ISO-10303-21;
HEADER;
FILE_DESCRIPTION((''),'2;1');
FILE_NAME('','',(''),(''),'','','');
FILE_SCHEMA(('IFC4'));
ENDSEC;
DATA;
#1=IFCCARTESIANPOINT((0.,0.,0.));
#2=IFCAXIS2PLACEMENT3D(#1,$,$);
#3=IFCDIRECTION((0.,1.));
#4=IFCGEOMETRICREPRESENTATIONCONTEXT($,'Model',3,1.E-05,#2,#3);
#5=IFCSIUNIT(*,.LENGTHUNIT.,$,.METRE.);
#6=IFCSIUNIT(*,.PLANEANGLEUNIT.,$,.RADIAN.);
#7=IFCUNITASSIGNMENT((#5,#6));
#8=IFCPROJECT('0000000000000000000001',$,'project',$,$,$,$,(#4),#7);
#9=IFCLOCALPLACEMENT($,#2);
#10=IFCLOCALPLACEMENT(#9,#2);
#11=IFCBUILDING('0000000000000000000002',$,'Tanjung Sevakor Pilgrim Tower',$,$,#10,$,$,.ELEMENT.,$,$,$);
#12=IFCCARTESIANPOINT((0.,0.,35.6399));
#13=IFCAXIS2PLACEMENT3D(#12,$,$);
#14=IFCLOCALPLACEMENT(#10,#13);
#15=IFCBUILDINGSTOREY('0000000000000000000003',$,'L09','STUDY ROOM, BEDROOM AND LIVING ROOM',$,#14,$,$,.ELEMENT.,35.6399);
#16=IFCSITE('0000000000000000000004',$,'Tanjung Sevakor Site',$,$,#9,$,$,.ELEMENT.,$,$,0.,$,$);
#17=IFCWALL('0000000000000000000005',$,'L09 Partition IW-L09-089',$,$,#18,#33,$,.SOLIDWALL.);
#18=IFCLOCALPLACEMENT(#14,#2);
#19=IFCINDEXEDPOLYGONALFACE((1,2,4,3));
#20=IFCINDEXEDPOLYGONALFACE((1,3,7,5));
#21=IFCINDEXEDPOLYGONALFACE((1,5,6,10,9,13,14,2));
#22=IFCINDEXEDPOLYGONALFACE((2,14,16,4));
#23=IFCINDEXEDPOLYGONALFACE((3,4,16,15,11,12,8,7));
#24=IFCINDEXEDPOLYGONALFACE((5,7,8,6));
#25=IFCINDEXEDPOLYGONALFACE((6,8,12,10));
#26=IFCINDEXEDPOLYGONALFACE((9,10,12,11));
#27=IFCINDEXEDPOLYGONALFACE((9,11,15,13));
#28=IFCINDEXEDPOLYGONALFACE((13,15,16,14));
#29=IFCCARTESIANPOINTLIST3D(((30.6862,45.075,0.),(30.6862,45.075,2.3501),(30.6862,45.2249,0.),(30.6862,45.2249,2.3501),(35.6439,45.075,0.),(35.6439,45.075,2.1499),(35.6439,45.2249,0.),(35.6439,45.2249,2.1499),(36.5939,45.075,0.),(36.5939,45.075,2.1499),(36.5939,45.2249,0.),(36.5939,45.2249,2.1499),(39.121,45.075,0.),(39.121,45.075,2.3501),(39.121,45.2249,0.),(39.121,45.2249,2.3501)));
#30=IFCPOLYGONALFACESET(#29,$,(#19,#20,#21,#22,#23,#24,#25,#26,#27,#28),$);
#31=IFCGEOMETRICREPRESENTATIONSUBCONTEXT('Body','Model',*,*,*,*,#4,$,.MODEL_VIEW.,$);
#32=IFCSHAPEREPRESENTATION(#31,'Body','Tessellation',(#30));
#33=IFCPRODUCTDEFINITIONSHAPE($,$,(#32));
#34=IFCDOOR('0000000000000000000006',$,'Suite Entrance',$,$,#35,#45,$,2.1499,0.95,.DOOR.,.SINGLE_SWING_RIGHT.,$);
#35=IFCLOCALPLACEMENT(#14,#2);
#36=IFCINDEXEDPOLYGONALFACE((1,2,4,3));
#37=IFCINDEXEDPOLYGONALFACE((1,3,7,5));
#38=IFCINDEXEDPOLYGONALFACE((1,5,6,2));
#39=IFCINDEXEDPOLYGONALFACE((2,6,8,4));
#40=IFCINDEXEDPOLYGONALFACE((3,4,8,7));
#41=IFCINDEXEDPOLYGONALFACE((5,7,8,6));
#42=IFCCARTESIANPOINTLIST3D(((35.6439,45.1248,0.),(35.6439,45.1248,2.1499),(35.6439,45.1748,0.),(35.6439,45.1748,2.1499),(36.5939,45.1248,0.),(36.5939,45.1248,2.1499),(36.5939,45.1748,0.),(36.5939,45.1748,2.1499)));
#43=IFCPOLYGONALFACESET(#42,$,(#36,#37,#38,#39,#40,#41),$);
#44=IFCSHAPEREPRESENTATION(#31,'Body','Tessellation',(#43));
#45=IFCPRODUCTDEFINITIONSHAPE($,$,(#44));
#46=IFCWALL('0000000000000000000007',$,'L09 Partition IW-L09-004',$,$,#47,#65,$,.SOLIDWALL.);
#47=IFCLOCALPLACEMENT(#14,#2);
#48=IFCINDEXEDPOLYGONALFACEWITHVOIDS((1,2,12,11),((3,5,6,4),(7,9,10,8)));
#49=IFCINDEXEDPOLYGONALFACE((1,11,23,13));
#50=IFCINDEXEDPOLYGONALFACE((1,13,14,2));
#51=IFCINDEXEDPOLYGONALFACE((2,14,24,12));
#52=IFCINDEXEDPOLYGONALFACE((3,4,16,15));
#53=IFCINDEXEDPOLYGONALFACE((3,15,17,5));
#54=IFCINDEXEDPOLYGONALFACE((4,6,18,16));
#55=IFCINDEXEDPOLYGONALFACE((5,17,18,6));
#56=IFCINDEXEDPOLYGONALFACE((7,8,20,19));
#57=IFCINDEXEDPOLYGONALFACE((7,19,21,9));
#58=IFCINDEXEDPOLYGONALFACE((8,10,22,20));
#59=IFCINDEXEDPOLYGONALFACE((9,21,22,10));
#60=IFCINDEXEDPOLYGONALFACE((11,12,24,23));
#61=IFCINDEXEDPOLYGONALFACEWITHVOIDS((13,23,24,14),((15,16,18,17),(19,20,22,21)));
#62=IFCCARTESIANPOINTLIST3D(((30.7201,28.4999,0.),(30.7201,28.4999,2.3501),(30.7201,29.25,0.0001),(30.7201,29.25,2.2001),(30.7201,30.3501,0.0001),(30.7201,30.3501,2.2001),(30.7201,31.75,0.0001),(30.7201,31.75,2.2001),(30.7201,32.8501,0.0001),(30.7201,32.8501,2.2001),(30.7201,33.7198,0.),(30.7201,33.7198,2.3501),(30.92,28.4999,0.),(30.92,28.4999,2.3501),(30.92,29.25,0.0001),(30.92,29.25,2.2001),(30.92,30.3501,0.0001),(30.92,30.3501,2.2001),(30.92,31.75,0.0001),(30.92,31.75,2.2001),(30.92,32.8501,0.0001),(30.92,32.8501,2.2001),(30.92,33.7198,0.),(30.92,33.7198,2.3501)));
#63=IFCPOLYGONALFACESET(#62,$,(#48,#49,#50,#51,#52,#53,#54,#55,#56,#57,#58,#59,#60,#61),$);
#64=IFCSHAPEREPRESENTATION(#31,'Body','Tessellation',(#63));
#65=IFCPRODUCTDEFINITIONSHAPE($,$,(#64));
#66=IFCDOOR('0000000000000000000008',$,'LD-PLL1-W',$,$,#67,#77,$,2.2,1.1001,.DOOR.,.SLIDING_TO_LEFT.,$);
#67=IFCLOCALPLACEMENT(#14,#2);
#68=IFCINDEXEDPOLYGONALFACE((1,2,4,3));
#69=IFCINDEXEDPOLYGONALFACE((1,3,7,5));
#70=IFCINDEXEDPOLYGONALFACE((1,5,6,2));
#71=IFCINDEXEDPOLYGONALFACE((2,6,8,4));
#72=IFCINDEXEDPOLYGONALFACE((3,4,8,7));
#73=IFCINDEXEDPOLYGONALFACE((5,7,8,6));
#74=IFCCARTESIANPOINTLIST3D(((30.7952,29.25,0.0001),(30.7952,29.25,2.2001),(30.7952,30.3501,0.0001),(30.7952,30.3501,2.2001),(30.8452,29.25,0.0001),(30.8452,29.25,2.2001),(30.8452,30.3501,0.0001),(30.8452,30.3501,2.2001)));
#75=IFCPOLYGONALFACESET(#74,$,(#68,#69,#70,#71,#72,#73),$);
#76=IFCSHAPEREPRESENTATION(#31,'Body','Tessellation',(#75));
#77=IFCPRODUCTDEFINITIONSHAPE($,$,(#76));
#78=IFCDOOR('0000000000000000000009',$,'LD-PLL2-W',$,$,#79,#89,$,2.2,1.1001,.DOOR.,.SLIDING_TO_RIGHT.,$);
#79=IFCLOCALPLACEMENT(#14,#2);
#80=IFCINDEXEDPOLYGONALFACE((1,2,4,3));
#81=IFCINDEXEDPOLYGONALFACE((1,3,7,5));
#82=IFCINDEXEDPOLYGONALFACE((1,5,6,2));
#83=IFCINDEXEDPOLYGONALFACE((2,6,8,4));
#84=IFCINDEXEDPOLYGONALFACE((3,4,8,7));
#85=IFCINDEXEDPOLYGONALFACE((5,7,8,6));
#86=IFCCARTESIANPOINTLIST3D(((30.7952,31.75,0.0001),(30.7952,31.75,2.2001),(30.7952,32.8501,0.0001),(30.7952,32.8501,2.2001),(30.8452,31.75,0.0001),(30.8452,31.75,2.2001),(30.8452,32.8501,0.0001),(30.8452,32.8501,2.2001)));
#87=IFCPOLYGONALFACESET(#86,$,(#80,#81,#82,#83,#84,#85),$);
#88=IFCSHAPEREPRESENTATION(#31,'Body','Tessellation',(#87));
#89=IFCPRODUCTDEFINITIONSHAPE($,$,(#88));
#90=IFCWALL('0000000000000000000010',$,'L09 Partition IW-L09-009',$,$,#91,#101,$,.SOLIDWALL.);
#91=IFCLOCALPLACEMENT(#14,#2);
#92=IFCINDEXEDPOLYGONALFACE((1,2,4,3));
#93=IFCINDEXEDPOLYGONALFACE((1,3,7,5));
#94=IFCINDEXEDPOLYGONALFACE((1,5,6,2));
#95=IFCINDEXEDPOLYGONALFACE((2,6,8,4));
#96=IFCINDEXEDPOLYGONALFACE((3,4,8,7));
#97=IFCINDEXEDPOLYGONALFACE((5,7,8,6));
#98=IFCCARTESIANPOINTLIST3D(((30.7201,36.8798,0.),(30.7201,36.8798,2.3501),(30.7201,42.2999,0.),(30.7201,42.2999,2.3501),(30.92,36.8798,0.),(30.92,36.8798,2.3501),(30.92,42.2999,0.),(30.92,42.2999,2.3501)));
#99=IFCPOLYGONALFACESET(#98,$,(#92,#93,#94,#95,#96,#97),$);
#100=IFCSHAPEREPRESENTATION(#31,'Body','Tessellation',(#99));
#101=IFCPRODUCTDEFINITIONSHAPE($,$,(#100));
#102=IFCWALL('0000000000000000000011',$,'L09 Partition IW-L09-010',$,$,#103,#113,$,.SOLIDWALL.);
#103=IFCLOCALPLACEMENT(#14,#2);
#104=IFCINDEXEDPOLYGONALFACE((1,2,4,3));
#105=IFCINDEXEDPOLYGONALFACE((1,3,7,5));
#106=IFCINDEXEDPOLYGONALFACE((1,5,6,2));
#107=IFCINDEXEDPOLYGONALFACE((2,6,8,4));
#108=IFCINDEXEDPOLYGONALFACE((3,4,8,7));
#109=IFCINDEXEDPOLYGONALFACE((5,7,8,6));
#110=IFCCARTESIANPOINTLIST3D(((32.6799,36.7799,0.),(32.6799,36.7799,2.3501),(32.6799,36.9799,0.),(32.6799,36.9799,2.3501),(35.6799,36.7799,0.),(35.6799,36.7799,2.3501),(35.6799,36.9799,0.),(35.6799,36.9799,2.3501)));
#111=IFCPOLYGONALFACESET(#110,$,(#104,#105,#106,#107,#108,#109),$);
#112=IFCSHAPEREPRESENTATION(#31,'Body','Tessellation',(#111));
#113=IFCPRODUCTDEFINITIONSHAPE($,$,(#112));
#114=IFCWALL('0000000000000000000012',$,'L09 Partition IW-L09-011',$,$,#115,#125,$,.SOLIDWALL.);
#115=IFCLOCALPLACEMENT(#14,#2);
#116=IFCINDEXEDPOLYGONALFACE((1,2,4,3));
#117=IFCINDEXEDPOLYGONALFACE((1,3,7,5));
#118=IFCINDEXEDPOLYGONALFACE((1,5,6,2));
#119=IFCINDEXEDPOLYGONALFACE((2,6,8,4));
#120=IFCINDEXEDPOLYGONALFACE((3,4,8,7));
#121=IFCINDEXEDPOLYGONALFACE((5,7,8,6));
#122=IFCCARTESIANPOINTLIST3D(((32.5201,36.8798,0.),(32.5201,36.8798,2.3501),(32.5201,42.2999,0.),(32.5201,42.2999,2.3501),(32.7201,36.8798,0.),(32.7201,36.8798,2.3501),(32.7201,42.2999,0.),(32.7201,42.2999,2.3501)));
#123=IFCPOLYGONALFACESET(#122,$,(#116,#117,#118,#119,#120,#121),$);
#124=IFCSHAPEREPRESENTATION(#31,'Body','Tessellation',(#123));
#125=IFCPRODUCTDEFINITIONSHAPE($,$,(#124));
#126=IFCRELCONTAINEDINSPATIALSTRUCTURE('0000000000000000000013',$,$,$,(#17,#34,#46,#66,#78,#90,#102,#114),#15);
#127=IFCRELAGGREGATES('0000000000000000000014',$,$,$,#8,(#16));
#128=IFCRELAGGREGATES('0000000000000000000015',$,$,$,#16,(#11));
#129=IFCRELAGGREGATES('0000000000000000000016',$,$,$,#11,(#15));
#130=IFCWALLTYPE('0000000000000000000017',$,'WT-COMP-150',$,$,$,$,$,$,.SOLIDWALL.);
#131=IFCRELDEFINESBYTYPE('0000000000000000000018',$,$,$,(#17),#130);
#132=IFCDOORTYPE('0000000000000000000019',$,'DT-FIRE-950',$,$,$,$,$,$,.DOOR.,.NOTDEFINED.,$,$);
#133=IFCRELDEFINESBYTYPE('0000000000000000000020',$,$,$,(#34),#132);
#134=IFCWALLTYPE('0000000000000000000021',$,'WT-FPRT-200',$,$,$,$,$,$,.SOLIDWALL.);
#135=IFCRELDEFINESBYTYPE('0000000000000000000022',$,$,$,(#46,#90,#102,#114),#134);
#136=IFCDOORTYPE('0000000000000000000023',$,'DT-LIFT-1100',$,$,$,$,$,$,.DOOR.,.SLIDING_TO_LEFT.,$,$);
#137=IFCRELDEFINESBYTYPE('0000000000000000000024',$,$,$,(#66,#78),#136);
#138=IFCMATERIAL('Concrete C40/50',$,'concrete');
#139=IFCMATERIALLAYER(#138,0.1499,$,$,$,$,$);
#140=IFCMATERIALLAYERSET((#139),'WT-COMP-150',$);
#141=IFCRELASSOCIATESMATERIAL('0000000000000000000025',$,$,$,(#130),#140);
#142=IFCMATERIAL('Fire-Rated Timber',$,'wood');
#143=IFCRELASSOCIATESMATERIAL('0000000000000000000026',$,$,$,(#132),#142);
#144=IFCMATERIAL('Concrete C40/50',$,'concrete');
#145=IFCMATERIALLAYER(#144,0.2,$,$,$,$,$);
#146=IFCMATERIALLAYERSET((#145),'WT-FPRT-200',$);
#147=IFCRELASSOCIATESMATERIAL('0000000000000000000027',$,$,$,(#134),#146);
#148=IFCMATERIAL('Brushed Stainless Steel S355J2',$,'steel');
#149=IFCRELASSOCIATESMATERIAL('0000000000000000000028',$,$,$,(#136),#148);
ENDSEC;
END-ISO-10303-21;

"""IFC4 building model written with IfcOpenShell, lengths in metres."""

from ifc_helpers import new_model, si_unit, direction, frame, frame_2d, origin, place, context, subcontext, project, spatial, rectangle, extrude, material, layer, layer_set, type_object, element, fill, save


model = new_model("IFC4")

# Units and contexts
model_context = context("Model", 3, precision=1e-05, world=origin(), true_north=direction((0.0, 1.0)))
body_context = subcontext(model_context, "Body", "Model", "MODEL_VIEW")
ifc_project = project(units=[si_unit("LENGTHUNIT", "METRE"), si_unit("PLANEANGLEUNIT", "RADIAN")], contexts=[model_context])

# Site, building, storey
site_placement = place(None, origin())
site = spatial("IfcSite", under=ifc_project, at=site_placement, Name="Tanjung Sevakor Site", CompositionType="ELEMENT", RefElevation=0.0)
building_placement = place(site_placement, origin())
building = spatial("IfcBuilding", under=site, at=building_placement, Name="Tanjung Sevakor Pilgrim Tower", CompositionType="ELEMENT")
storey_placement = place(building_placement, frame((0.0, 0.0, 35.6399)))
storey = spatial("IfcBuildingStorey", under=building, at=storey_placement, Name="L09", Description="STUDY ROOM, BEDROOM AND LIVING ROOM", CompositionType="ELEMENT", Elevation=35.6399)

# Shared definitions
ifc_material_1 = material(Name="Concrete C40/50", Category="concrete")
ifc_layer_1 = layer(ifc_material_1, 0.1499)
ifc_layer_set_1 = layer_set([ifc_layer_1], Name="WT-COMP-150")
wall_type_1 = type_object("IfcWallType", Name="WT-COMP-150", PredefinedType="SOLIDWALL", material=ifc_layer_set_1)

# Shared definitions
ifc_material_2 = material(Name="Fire-Rated Timber", Category="wood")
door_type_1 = type_object("IfcDoorType", Name="DT-FIRE-950", OperationType="NOTDEFINED", PredefinedType="DOOR", material=ifc_material_2)

# Wall, opening, door
wall_1_placement = place(storey_placement, frame((30.6863, 45.1499, 0.0), z_axis=(0.0, 0.0, 1.0), x_axis=(1.0, 0.0, 0.0)))
wall_1 = element("IfcWall", 1, at=wall_1_placement, inside=storey, type_object=wall_type_1, Name="L09 Partition IW-L09-089", PredefinedType="SOLIDWALL", context=body_context, shape_type="SweptSolid", body=[
    extrude(rectangle(XDim=8.4348, YDim=0.1499, at=frame_2d((4.2173, 0.0))), origin(), (0.0, 0.0, 1.0), 2.3501),
])
opening_1_placement = place(wall_1_placement, frame((4.9575, 0.0, 0.0)))
opening_1 = element("IfcOpeningElement", 2, at=opening_1_placement, cuts=wall_1, PredefinedType="OPENING", context=body_context, shape_type="SweptSolid", body=[
    extrude(rectangle(XDim=0.95, YDim=2.1499, at=frame_2d((0.4751, 1.075))), frame((0.0, 0.085, 0.0), z_axis=(0.0, -1.0, 0.0), x_axis=(1.0, 0.0, 0.0)), (0.0, 0.0, 1.0), 0.1699),
])
door_1_placement = place(opening_1_placement, origin())
door_1 = element("IfcDoor", 3, at=door_1_placement, inside=storey, type_object=door_type_1, Name="Suite Entrance", OperationType="SINGLE_SWING_RIGHT", OverallHeight=2.1499, OverallWidth=0.95, PredefinedType="DOOR", context=body_context, shape_type="SweptSolid", body=[
    extrude(rectangle(XDim=0.95, YDim=2.1499, at=frame_2d((0.4751, 1.075))), frame((0.0, 0.0249, 0.0), z_axis=(0.0, -1.0, 0.0), x_axis=(1.0, 0.0, 0.0)), (0.0, 0.0, 1.0), 0.05),
])
fill(opening_1, door_1)

# Wall, openings, doors
ifc_material_3 = material(Name="Concrete C40/50", Category="concrete")
ifc_layer_2 = layer(ifc_material_3, 0.2)
ifc_layer_set_2 = layer_set([ifc_layer_2], Name="WT-FPRT-200")
wall_type_2 = type_object("IfcWallType", Name="WT-FPRT-200", PredefinedType="SOLIDWALL", material=ifc_layer_set_2)
wall_2_placement = place(storey_placement, frame((30.8201, 28.5, 0.0), z_axis=(0.0, 0.0, 1.0), x_axis=(0.0, 1.0, 0.0)))
wall_2 = element("IfcWall", 4, at=wall_2_placement, inside=storey, type_object=wall_type_2, Name="L09 Partition IW-L09-004", PredefinedType="SOLIDWALL", context=body_context, shape_type="SweptSolid", body=[
    extrude(rectangle(XDim=5.22, YDim=0.2, at=frame_2d((2.6099, 0.0))), origin(), (0.0, 0.0, 1.0), 2.3501),
])
opening_2_placement = place(wall_2_placement, frame((0.75, 0.0, 0.0)))
opening_2 = element("IfcOpeningElement", 5, at=opening_2_placement, cuts=wall_2, PredefinedType="OPENING", context=body_context, shape_type="SweptSolid", body=[
    extrude(rectangle(XDim=1.1001, YDim=2.2, at=frame_2d((0.55, 1.1001))), frame((0.0, 0.1099, 0.0), z_axis=(0.0, -1.0, 0.0), x_axis=(1.0, 0.0, 0.0)), (0.0, 0.0, 1.0), 0.22),
])
opening_3_placement = place(wall_2_placement, frame((3.25, 0.0, 0.0)))
opening_3 = element("IfcOpeningElement", 6, at=opening_3_placement, cuts=wall_2, PredefinedType="OPENING", context=body_context, shape_type="SweptSolid", body=[
    extrude(rectangle(XDim=1.1001, YDim=2.2, at=frame_2d((0.55, 1.1001))), frame((0.0, 0.1099, 0.0), z_axis=(0.0, -1.0, 0.0), x_axis=(1.0, 0.0, 0.0)), (0.0, 0.0, 1.0), 0.22),
])
ifc_material_4 = material(Name="Brushed Stainless Steel S355J2", Category="steel")
door_type_2 = type_object("IfcDoorType", Name="DT-LIFT-1100", OperationType="SLIDING_TO_LEFT", PredefinedType="DOOR", material=ifc_material_4)
door_2_placement = place(opening_2_placement, origin())
door_2 = element("IfcDoor", 7, at=door_2_placement, inside=storey, type_object=door_type_2, Name="LD-PLL1-W", OperationType="SLIDING_TO_LEFT", OverallHeight=2.2, OverallWidth=1.1001, PredefinedType="DOOR", context=body_context, shape_type="SweptSolid", body=[
    extrude(rectangle(XDim=1.1001, YDim=2.2, at=frame_2d((0.55, 1.1001))), frame((0.0, 0.0249, 0.0), z_axis=(0.0, -1.0, 0.0), x_axis=(1.0, 0.0, 0.0)), (0.0, 0.0, 1.0), 0.05),
])
fill(opening_2, door_2)
door_3_placement = place(opening_3_placement, origin())
door_3 = element("IfcDoor", 8, at=door_3_placement, inside=storey, type_object=door_type_2, Name="LD-PLL2-W", OperationType="SLIDING_TO_RIGHT", OverallHeight=2.2, OverallWidth=1.1001, PredefinedType="DOOR", context=body_context, shape_type="SweptSolid", body=[
    extrude(rectangle(XDim=1.1001, YDim=2.2, at=frame_2d((0.55, 1.1001))), frame((0.0, 0.0249, 0.0), z_axis=(0.0, -1.0, 0.0), x_axis=(1.0, 0.0, 0.0)), (0.0, 0.0, 1.0), 0.05),
])
fill(opening_3, door_3)

# Walls
wall_3_placement = place(storey_placement, frame((30.8201, 36.8799, 0.0), z_axis=(0.0, 0.0, 1.0), x_axis=(0.0, 1.0, 0.0)))
element("IfcWall", 9, at=wall_3_placement, inside=storey, type_object=wall_type_2, Name="L09 Partition IW-L09-009", PredefinedType="SOLIDWALL", context=body_context, shape_type="SweptSolid", body=[
    extrude(rectangle(XDim=5.4202, YDim=0.2, at=frame_2d((2.71, 0.0))), origin(), (0.0, 0.0, 1.0), 2.3501),
])
wall_4_placement = place(storey_placement, frame((32.6799, 36.8799, 0.0), z_axis=(0.0, 0.0, 1.0), x_axis=(1.0, 0.0, 0.0)))
element("IfcWall", 10, at=wall_4_placement, inside=storey, type_object=wall_type_2, Name="L09 Partition IW-L09-010", PredefinedType="SOLIDWALL", context=body_context, shape_type="SweptSolid", body=[
    extrude(rectangle(XDim=3.0, YDim=0.2, at=frame_2d((1.5, 0.0))), origin(), (0.0, 0.0, 1.0), 2.3501),
])
wall_5_placement = place(storey_placement, frame((32.6201, 36.8799, 0.0), z_axis=(0.0, 0.0, 1.0), x_axis=(0.0, 1.0, 0.0)))
element("IfcWall", 11, at=wall_5_placement, inside=storey, type_object=wall_type_2, Name="L09 Partition IW-L09-011", PredefinedType="SOLIDWALL", context=body_context, shape_type="SweptSolid", body=[
    extrude(rectangle(XDim=5.4202, YDim=0.2, at=frame_2d((2.71, 0.0))), origin(), (0.0, 0.0, 1.0), 2.3501),
])

save(model, "model.ifc")
